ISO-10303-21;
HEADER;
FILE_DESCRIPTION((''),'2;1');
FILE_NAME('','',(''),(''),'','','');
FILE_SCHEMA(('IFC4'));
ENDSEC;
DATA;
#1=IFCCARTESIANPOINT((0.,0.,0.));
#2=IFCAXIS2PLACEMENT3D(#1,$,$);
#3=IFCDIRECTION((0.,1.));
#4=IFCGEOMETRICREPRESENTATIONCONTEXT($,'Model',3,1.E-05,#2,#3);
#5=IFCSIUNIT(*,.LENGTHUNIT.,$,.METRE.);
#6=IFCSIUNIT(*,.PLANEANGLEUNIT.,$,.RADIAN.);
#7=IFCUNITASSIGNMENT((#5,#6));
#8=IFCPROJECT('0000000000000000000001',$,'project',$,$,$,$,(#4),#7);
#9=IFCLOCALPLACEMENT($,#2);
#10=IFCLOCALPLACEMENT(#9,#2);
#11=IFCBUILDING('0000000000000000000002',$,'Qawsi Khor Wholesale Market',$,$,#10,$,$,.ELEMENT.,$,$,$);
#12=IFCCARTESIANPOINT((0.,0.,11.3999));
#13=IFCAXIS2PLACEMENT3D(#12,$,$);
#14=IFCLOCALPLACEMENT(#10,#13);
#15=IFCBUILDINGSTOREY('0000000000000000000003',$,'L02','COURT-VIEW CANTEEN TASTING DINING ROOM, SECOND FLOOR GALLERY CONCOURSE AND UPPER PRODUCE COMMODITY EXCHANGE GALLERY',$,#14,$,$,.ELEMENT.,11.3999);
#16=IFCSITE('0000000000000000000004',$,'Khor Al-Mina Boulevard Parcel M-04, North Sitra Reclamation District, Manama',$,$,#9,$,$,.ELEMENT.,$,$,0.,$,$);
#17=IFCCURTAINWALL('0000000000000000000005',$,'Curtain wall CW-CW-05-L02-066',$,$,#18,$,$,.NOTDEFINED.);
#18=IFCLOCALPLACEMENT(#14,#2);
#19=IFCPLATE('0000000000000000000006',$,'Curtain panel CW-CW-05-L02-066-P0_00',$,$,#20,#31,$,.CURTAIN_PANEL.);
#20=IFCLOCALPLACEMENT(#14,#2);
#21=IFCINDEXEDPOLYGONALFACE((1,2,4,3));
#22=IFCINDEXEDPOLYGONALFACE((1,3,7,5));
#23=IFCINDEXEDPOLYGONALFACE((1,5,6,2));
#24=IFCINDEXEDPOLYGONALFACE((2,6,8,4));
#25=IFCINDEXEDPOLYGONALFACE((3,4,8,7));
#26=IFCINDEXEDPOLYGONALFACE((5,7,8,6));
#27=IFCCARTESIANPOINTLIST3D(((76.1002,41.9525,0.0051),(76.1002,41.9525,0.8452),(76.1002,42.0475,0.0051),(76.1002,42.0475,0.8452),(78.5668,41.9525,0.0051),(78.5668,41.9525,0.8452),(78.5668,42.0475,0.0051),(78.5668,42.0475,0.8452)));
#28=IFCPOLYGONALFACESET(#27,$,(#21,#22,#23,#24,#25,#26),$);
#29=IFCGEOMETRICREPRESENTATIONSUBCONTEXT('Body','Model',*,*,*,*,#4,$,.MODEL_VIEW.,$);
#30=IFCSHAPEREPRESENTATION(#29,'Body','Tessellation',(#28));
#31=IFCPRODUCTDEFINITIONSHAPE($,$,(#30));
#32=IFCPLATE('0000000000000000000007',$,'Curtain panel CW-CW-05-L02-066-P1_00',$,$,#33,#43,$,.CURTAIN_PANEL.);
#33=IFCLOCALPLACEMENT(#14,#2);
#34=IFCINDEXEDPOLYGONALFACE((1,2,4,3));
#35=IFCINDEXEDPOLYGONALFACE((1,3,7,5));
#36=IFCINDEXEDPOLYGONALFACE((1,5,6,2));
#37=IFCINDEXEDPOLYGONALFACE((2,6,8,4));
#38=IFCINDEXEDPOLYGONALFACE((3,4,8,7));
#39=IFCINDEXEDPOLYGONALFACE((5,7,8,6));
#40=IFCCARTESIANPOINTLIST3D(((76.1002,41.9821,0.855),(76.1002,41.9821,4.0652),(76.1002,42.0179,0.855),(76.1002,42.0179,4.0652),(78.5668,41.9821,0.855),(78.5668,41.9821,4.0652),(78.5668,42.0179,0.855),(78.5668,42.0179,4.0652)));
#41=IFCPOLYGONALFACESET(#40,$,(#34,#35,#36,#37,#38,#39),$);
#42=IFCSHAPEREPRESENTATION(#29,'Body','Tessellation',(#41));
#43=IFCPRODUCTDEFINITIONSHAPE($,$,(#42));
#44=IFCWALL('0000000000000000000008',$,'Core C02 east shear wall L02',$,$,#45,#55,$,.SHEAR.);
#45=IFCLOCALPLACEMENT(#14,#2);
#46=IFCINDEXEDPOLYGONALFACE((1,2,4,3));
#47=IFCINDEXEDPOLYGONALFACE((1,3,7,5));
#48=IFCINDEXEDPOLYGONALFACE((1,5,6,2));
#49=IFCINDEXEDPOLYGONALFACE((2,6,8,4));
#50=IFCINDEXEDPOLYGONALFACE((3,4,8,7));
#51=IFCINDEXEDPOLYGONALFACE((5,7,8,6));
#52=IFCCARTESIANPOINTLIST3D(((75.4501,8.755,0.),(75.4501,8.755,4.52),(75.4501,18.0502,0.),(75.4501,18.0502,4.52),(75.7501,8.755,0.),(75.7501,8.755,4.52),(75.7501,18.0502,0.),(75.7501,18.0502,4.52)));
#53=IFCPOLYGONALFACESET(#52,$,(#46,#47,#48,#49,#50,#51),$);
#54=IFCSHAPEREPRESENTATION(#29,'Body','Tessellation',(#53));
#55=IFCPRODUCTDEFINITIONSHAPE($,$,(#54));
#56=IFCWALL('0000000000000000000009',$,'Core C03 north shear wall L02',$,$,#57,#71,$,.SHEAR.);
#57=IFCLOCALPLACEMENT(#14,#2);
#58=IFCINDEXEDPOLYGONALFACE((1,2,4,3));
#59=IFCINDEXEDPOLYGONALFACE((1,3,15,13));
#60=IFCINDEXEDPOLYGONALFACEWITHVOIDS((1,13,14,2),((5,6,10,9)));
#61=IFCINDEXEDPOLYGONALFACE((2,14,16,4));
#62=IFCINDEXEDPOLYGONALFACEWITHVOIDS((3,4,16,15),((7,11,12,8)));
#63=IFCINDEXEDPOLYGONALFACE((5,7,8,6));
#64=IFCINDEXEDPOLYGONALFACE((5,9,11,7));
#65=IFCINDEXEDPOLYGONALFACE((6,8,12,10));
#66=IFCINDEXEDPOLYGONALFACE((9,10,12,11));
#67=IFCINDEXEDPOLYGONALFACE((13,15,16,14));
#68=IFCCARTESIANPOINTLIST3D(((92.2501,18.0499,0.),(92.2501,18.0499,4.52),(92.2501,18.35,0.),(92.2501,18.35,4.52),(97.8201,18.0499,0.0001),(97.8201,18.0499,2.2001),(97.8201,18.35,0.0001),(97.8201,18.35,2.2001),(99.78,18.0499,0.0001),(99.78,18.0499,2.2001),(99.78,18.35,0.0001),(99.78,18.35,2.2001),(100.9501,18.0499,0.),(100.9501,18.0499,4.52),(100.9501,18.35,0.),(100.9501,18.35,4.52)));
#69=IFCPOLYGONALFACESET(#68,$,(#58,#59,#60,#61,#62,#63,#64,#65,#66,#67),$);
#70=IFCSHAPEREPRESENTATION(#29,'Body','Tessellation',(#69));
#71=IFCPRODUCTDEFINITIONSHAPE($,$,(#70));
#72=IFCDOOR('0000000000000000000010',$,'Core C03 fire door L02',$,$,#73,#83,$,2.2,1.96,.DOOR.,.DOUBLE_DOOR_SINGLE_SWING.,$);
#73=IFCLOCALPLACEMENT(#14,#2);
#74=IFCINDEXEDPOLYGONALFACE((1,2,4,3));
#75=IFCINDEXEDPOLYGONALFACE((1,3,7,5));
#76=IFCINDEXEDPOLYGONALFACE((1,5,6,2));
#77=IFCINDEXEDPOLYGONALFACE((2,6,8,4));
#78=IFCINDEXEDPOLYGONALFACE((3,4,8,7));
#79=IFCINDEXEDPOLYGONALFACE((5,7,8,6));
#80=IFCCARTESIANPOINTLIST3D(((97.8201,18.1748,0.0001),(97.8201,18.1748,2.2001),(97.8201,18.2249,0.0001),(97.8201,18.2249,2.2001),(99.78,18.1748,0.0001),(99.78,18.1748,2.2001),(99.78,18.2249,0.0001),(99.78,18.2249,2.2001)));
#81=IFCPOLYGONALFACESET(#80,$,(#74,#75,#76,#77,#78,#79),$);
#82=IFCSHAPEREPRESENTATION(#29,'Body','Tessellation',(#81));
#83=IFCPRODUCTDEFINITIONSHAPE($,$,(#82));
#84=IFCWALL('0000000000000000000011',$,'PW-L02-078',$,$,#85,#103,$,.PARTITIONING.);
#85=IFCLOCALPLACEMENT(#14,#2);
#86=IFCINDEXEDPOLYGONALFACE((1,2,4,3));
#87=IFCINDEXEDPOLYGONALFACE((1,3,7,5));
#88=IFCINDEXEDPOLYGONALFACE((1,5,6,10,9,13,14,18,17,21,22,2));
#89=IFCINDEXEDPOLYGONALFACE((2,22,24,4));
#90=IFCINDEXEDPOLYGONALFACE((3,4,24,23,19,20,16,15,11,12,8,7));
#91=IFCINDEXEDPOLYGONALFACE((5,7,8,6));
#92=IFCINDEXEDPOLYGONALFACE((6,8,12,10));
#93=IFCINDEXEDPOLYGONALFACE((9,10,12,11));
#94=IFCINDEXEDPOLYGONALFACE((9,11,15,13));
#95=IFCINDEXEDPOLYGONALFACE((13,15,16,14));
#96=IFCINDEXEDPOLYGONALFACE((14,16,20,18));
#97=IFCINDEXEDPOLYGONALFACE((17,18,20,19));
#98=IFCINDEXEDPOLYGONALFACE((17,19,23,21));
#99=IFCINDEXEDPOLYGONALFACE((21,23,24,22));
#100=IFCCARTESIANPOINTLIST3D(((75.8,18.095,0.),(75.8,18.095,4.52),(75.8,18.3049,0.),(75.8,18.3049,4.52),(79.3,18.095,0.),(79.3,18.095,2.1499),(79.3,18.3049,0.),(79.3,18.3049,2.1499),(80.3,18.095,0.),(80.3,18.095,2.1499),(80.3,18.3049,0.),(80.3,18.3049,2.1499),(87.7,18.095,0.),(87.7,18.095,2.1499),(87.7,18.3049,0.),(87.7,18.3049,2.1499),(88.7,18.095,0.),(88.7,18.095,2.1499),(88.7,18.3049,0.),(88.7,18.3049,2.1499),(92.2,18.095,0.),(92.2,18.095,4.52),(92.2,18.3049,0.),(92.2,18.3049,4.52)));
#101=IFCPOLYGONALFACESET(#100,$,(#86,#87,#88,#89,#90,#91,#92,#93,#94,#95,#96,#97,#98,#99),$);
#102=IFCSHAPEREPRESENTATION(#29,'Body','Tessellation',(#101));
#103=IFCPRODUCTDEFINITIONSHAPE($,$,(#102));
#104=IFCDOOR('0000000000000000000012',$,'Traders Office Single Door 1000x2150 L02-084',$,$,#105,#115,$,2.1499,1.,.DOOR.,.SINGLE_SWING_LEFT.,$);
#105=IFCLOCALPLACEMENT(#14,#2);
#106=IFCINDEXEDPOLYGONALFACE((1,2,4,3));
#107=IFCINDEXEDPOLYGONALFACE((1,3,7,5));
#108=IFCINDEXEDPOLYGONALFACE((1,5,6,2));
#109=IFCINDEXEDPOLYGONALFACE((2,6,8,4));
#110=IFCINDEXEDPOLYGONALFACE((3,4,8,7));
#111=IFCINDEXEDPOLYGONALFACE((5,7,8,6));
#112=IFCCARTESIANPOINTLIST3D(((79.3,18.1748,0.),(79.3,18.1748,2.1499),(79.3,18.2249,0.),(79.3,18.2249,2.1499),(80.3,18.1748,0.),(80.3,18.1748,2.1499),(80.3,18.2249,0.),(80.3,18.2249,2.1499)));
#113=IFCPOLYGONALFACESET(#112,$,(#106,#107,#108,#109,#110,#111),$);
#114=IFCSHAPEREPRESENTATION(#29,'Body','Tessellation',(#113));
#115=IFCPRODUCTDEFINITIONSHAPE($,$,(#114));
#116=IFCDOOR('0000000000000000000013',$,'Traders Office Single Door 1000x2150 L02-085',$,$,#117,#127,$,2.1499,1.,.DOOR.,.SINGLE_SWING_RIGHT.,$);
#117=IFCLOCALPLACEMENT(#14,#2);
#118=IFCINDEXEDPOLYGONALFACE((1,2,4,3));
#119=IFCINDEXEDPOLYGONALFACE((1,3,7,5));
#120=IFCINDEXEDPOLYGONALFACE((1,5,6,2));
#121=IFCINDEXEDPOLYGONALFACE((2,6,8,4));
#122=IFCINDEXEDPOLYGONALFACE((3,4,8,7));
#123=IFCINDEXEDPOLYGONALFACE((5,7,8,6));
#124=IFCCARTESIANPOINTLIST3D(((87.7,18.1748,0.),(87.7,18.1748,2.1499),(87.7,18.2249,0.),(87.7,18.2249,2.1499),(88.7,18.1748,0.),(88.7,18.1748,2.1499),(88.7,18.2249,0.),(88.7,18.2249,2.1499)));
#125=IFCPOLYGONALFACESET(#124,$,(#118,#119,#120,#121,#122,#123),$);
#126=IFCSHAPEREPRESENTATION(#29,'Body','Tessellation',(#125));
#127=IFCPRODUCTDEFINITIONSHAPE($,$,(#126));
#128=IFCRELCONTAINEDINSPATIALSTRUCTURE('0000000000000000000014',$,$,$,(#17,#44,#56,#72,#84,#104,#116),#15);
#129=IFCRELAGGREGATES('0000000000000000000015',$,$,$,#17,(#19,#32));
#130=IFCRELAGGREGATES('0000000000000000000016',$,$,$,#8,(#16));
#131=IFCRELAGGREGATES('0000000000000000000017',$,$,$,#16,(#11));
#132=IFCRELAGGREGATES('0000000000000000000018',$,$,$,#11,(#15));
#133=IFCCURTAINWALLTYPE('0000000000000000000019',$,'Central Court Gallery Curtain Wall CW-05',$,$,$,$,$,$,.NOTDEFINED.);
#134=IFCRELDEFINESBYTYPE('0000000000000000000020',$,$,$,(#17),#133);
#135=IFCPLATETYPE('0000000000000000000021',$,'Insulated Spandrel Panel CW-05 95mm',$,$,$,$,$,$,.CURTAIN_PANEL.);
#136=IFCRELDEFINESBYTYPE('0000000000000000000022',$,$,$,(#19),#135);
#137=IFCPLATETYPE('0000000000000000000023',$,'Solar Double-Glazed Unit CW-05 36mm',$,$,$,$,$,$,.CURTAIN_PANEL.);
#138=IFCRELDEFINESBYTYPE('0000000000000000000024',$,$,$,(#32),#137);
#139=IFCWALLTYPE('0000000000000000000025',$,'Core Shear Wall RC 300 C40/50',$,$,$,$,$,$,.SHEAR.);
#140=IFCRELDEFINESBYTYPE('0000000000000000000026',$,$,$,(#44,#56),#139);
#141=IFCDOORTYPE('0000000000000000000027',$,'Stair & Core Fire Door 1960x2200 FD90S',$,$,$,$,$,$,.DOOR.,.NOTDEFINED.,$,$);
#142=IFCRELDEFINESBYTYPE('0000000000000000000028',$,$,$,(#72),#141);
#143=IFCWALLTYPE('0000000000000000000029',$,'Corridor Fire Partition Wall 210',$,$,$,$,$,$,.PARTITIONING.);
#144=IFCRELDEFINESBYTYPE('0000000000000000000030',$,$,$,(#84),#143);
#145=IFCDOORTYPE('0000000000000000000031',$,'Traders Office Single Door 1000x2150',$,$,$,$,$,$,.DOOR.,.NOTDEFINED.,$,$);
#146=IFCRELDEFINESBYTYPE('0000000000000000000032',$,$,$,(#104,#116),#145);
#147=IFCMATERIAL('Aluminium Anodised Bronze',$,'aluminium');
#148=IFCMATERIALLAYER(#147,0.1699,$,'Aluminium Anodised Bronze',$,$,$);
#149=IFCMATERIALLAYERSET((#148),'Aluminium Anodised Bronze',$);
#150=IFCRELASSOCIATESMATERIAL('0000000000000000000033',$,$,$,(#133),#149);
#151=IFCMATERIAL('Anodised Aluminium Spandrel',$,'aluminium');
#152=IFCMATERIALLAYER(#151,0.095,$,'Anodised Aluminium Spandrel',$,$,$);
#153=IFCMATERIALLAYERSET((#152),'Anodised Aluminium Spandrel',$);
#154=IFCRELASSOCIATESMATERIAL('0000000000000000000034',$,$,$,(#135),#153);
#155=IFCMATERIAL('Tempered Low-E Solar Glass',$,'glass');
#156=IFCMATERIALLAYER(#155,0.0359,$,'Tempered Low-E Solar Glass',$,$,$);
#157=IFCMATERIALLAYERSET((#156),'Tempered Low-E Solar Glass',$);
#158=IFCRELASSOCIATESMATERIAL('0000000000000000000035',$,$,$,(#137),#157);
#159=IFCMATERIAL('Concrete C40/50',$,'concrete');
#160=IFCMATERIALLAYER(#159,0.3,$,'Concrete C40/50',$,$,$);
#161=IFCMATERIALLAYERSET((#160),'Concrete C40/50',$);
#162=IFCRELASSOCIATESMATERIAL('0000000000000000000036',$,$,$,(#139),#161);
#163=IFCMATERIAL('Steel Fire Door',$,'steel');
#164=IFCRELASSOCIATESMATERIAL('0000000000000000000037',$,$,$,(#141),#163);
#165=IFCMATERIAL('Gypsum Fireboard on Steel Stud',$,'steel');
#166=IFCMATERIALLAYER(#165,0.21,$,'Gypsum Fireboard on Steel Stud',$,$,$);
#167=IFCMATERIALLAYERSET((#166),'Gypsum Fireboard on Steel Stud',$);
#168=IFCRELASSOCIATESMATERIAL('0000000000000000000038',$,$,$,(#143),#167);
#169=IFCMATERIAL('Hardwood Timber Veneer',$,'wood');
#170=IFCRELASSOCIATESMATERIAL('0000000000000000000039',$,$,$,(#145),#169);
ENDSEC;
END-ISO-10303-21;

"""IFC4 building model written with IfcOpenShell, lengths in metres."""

from ifc_helpers import new_model, si_unit, direction, frame, frame_2d, origin, place, context, subcontext, project, spatial, rectangle, extrude, material, layer, layer_set, type_object, element, fill, aggregate, save


model = new_model("IFC4")

# Units and contexts
model_context = context("Model", 3, precision=1e-05, world=origin(), true_north=direction((0.0, 1.0)))
body_context = subcontext(model_context, "Body", "Model", "MODEL_VIEW")
ifc_project = project(units=[si_unit("LENGTHUNIT", "METRE"), si_unit("PLANEANGLEUNIT", "RADIAN")], contexts=[model_context])

# Site, building, storey
site_placement = place(None, origin())
site = spatial("IfcSite", under=ifc_project, at=site_placement, Name="Khor Al-Mina Boulevard Parcel M-04, North Sitra Reclamation District, Manama", CompositionType="ELEMENT", RefElevation=0.0)
building_placement = place(site_placement, origin())
building = spatial("IfcBuilding", under=site, at=building_placement, Name="Qawsi Khor Wholesale Market", CompositionType="ELEMENT")
storey_placement = place(building_placement, frame((0.0, 0.0, 11.3999)))
storey = spatial("IfcBuildingStorey", under=building, at=storey_placement, Name="L02", Description="COURT-VIEW CANTEEN TASTING DINING ROOM, SECOND FLOOR GALLERY CONCOURSE AND UPPER PRODUCE COMMODITY EXCHANGE GALLERY", CompositionType="ELEMENT", Elevation=11.3999)

# Shared definitions
ifc_material_1 = material(Name="Concrete C40/50", Category="concrete")

# Curtain wall
ifc_material_2 = material(Name="Aluminium Anodised Bronze", Category="aluminium")
ifc_layer_1 = layer(ifc_material_2, 0.1699, Name="Aluminium Anodised Bronze")
ifc_layer_set_1 = layer_set([ifc_layer_1], Name="Aluminium Anodised Bronze")
curtain_wall_type = type_object("IfcCurtainWallType", Name="Central Court Gallery Curtain Wall CW-05", PredefinedType="NOTDEFINED", material=ifc_layer_set_1)
curtain_wall_placement = place(storey_placement, origin())
curtain_wall = element("IfcCurtainWall", 1, at=curtain_wall_placement, inside=storey, type_object=curtain_wall_type, Name="Curtain wall CW-CW-05-L02-066", PredefinedType="NOTDEFINED")

# Plates
ifc_material_3 = material(Name="Anodised Aluminium Spandrel", Category="aluminium")
ifc_layer_2 = layer(ifc_material_3, 0.095, Name="Anodised Aluminium Spandrel")
ifc_layer_set_2 = layer_set([ifc_layer_2], Name="Anodised Aluminium Spandrel")
plate_type_1 = type_object("IfcPlateType", Name="Insulated Spandrel Panel CW-05 95mm", PredefinedType="CURTAIN_PANEL", material=ifc_layer_set_2)
plate_1_placement = place(storey_placement, frame((76.1001, 42.0, 0.0051), z_axis=(0.0, 0.0, 1.0), x_axis=(1.0, 0.0, 0.0)))
plate_1 = element("IfcPlate", 2, at=plate_1_placement, type_object=plate_type_1, Name="Curtain panel CW-CW-05-L02-066-P0_00", PredefinedType="CURTAIN_PANEL", context=body_context, shape_type="SweptSolid", body=[
    extrude(rectangle(XDim=2.4666, YDim=0.095, at=frame_2d((1.2334, 0.0))), origin(), (0.0, 0.0, 1.0), 0.8401),
])
ifc_material_4 = material(Name="Tempered Low-E Solar Glass", Category="glass")
ifc_layer_3 = layer(ifc_material_4, 0.0359, Name="Tempered Low-E Solar Glass")
ifc_layer_set_3 = layer_set([ifc_layer_3], Name="Tempered Low-E Solar Glass")
plate_type_2 = type_object("IfcPlateType", Name="Solar Double-Glazed Unit CW-05 36mm", PredefinedType="CURTAIN_PANEL", material=ifc_layer_set_3)
plate_2_placement = place(storey_placement, frame((76.1001, 42.0, 0.855), z_axis=(0.0, 0.0, 1.0), x_axis=(1.0, 0.0, 0.0)))
plate_2 = element("IfcPlate", 3, at=plate_2_placement, type_object=plate_type_2, Name="Curtain panel CW-CW-05-L02-066-P1_00", PredefinedType="CURTAIN_PANEL", context=body_context, shape_type="SweptSolid", body=[
    extrude(rectangle(XDim=2.4666, YDim=0.0359, at=frame_2d((1.2334, 0.0))), origin(), (0.0, 0.0, 1.0), 3.2102),
])
aggregate(curtain_wall, [plate_1, plate_2])

# Wall
ifc_layer_4 = layer(ifc_material_1, 0.3, Name="Concrete C40/50")
ifc_layer_set_4 = layer_set([ifc_layer_4], Name="Concrete C40/50")
wall_type_1 = type_object("IfcWallType", Name="Core Shear Wall RC 300 C40/50", PredefinedType="SHEAR", material=ifc_layer_set_4)
wall_1_placement = place(storey_placement, frame((75.6001, 18.05, 0.0), z_axis=(0.0, 0.0, 1.0), x_axis=(0.0, -1.0, 0.0)))
element("IfcWall", 4, at=wall_1_placement, inside=storey, type_object=wall_type_1, Name="Core C02 east shear wall L02", PredefinedType="SHEAR", context=body_context, shape_type="SweptSolid", body=[
    extrude(rectangle(XDim=9.2952, YDim=0.3, at=frame_2d((4.6475, 0.0))), origin(), (0.0, 0.0, 1.0), 4.52),
])

# Wall, opening, door
wall_2_placement = place(storey_placement, frame((92.25, 18.2, 0.0), z_axis=(0.0, 0.0, 1.0), x_axis=(1.0, 0.0, 0.0)))
wall_2 = element("IfcWall", 5, at=wall_2_placement, inside=storey, type_object=wall_type_1, Name="Core C03 north shear wall L02", PredefinedType="SHEAR", context=body_context, shape_type="SweptSolid", body=[
    extrude(rectangle(XDim=8.7, YDim=0.3, at=frame_2d((4.3501, 0.0))), origin(), (0.0, 0.0, 1.0), 4.52),
])
opening_1_placement = place(wall_2_placement, frame((5.5701, 0.0, 0.0)))
opening_1 = element("IfcOpeningElement", 6, at=opening_1_placement, cuts=wall_2, PredefinedType="OPENING", context=body_context, shape_type="SweptSolid", body=[
    extrude(rectangle(XDim=1.96, YDim=2.2, at=frame_2d((0.98, 1.1001))), frame((0.0, 0.1599, 0.0), z_axis=(0.0, -1.0, 0.0), x_axis=(1.0, 0.0, 0.0)), (0.0, 0.0, 1.0), 0.3201),
])
ifc_material_5 = material(Name="Steel Fire Door", Category="steel")
door_type_1 = type_object("IfcDoorType", Name="Stair & Core Fire Door 1960x2200 FD90S", OperationType="NOTDEFINED", PredefinedType="DOOR", material=ifc_material_5)
door_1_placement = place(opening_1_placement, origin())
door_1 = element("IfcDoor", 7, at=door_1_placement, inside=storey, type_object=door_type_1, Name="Core C03 fire door L02", OperationType="DOUBLE_DOOR_SINGLE_SWING", OverallHeight=2.2, OverallWidth=1.96, PredefinedType="DOOR", context=body_context, shape_type="SweptSolid", body=[
    extrude(rectangle(XDim=1.96, YDim=2.2, at=frame_2d((0.98, 1.1001))), frame((0.0, 0.0249, 0.0), z_axis=(0.0, -1.0, 0.0), x_axis=(1.0, 0.0, 0.0)), (0.0, 0.0, 1.0), 0.05),
])
fill(opening_1, door_1)

# Wall, openings, doors
ifc_material_6 = material(Name="Gypsum Fireboard on Steel Stud", Category="steel")
ifc_layer_5 = layer(ifc_material_6, 0.21, Name="Gypsum Fireboard on Steel Stud")
ifc_layer_set_5 = layer_set([ifc_layer_5], Name="Gypsum Fireboard on Steel Stud")
wall_type_2 = type_object("IfcWallType", Name="Corridor Fire Partition Wall 210", PredefinedType="PARTITIONING", material=ifc_layer_set_5)
wall_3_placement = place(storey_placement, frame((75.8, 18.2, 0.0), z_axis=(0.0, 0.0, 1.0), x_axis=(1.0, 0.0, 0.0)))
wall_3 = element("IfcWall", 8, at=wall_3_placement, inside=storey, type_object=wall_type_2, Name="PW-L02-078", PredefinedType="PARTITIONING", context=body_context, shape_type="SweptSolid", body=[
    extrude(rectangle(XDim=16.3999, YDim=0.21, at=frame_2d((8.2, 0.0))), origin(), (0.0, 0.0, 1.0), 4.52),
])
opening_2_placement = place(wall_3_placement, frame((3.5, 0.0, 0.0)))
opening_2 = element("IfcOpeningElement", 9, at=opening_2_placement, cuts=wall_3, PredefinedType="OPENING", context=body_context, shape_type="SweptSolid", body=[
    extrude(rectangle(XDim=1.0, YDim=2.1499, at=frame_2d((0.5, 1.075))), frame((0.0, 0.115, 0.0), z_axis=(0.0, -1.0, 0.0), x_axis=(1.0, 0.0, 0.0)), (0.0, 0.0, 1.0), 0.23),
])
opening_3_placement = place(wall_3_placement, frame((11.8999, 0.0, 0.0)))
opening_3 = element("IfcOpeningElement", 10, at=opening_3_placement, cuts=wall_3, PredefinedType="OPENING", context=body_context, shape_type="SweptSolid", body=[
    extrude(rectangle(XDim=1.0, YDim=2.1499, at=frame_2d((0.5, 1.075))), frame((0.0, 0.115, 0.0), z_axis=(0.0, -1.0, 0.0), x_axis=(1.0, 0.0, 0.0)), (0.0, 0.0, 1.0), 0.23),
])
ifc_material_7 = material(Name="Hardwood Timber Veneer", Category="wood")
door_type_2 = type_object("IfcDoorType", Name="Traders Office Single Door 1000x2150", OperationType="NOTDEFINED", PredefinedType="DOOR", material=ifc_material_7)
door_2_placement = place(opening_2_placement, origin())
door_2 = element("IfcDoor", 11, at=door_2_placement, inside=storey, type_object=door_type_2, Name="Traders Office Single Door 1000x2150 L02-084", OperationType="SINGLE_SWING_LEFT", OverallHeight=2.1499, OverallWidth=1.0, PredefinedType="DOOR", context=body_context, shape_type="SweptSolid", body=[
    extrude(rectangle(XDim=1.0, YDim=2.1499, at=frame_2d((0.5, 1.075))), frame((0.0, 0.0249, 0.0), z_axis=(0.0, -1.0, 0.0), x_axis=(1.0, 0.0, 0.0)), (0.0, 0.0, 1.0), 0.05),
])
fill(opening_2, door_2)
door_3_placement = place(opening_3_placement, origin())
door_3 = element("IfcDoor", 12, at=door_3_placement, inside=storey, type_object=door_type_2, Name="Traders Office Single Door 1000x2150 L02-085", OperationType="SINGLE_SWING_RIGHT", OverallHeight=2.1499, OverallWidth=1.0, PredefinedType="DOOR", context=body_context, shape_type="SweptSolid", body=[
    extrude(rectangle(XDim=1.0, YDim=2.1499, at=frame_2d((0.5, 1.075))), frame((0.0, 0.0249, 0.0), z_axis=(0.0, -1.0, 0.0), x_axis=(1.0, 0.0, 0.0)), (0.0, 0.0, 1.0), 0.05),
])
fill(opening_3, door_3)

save(model, "model.ifc")
